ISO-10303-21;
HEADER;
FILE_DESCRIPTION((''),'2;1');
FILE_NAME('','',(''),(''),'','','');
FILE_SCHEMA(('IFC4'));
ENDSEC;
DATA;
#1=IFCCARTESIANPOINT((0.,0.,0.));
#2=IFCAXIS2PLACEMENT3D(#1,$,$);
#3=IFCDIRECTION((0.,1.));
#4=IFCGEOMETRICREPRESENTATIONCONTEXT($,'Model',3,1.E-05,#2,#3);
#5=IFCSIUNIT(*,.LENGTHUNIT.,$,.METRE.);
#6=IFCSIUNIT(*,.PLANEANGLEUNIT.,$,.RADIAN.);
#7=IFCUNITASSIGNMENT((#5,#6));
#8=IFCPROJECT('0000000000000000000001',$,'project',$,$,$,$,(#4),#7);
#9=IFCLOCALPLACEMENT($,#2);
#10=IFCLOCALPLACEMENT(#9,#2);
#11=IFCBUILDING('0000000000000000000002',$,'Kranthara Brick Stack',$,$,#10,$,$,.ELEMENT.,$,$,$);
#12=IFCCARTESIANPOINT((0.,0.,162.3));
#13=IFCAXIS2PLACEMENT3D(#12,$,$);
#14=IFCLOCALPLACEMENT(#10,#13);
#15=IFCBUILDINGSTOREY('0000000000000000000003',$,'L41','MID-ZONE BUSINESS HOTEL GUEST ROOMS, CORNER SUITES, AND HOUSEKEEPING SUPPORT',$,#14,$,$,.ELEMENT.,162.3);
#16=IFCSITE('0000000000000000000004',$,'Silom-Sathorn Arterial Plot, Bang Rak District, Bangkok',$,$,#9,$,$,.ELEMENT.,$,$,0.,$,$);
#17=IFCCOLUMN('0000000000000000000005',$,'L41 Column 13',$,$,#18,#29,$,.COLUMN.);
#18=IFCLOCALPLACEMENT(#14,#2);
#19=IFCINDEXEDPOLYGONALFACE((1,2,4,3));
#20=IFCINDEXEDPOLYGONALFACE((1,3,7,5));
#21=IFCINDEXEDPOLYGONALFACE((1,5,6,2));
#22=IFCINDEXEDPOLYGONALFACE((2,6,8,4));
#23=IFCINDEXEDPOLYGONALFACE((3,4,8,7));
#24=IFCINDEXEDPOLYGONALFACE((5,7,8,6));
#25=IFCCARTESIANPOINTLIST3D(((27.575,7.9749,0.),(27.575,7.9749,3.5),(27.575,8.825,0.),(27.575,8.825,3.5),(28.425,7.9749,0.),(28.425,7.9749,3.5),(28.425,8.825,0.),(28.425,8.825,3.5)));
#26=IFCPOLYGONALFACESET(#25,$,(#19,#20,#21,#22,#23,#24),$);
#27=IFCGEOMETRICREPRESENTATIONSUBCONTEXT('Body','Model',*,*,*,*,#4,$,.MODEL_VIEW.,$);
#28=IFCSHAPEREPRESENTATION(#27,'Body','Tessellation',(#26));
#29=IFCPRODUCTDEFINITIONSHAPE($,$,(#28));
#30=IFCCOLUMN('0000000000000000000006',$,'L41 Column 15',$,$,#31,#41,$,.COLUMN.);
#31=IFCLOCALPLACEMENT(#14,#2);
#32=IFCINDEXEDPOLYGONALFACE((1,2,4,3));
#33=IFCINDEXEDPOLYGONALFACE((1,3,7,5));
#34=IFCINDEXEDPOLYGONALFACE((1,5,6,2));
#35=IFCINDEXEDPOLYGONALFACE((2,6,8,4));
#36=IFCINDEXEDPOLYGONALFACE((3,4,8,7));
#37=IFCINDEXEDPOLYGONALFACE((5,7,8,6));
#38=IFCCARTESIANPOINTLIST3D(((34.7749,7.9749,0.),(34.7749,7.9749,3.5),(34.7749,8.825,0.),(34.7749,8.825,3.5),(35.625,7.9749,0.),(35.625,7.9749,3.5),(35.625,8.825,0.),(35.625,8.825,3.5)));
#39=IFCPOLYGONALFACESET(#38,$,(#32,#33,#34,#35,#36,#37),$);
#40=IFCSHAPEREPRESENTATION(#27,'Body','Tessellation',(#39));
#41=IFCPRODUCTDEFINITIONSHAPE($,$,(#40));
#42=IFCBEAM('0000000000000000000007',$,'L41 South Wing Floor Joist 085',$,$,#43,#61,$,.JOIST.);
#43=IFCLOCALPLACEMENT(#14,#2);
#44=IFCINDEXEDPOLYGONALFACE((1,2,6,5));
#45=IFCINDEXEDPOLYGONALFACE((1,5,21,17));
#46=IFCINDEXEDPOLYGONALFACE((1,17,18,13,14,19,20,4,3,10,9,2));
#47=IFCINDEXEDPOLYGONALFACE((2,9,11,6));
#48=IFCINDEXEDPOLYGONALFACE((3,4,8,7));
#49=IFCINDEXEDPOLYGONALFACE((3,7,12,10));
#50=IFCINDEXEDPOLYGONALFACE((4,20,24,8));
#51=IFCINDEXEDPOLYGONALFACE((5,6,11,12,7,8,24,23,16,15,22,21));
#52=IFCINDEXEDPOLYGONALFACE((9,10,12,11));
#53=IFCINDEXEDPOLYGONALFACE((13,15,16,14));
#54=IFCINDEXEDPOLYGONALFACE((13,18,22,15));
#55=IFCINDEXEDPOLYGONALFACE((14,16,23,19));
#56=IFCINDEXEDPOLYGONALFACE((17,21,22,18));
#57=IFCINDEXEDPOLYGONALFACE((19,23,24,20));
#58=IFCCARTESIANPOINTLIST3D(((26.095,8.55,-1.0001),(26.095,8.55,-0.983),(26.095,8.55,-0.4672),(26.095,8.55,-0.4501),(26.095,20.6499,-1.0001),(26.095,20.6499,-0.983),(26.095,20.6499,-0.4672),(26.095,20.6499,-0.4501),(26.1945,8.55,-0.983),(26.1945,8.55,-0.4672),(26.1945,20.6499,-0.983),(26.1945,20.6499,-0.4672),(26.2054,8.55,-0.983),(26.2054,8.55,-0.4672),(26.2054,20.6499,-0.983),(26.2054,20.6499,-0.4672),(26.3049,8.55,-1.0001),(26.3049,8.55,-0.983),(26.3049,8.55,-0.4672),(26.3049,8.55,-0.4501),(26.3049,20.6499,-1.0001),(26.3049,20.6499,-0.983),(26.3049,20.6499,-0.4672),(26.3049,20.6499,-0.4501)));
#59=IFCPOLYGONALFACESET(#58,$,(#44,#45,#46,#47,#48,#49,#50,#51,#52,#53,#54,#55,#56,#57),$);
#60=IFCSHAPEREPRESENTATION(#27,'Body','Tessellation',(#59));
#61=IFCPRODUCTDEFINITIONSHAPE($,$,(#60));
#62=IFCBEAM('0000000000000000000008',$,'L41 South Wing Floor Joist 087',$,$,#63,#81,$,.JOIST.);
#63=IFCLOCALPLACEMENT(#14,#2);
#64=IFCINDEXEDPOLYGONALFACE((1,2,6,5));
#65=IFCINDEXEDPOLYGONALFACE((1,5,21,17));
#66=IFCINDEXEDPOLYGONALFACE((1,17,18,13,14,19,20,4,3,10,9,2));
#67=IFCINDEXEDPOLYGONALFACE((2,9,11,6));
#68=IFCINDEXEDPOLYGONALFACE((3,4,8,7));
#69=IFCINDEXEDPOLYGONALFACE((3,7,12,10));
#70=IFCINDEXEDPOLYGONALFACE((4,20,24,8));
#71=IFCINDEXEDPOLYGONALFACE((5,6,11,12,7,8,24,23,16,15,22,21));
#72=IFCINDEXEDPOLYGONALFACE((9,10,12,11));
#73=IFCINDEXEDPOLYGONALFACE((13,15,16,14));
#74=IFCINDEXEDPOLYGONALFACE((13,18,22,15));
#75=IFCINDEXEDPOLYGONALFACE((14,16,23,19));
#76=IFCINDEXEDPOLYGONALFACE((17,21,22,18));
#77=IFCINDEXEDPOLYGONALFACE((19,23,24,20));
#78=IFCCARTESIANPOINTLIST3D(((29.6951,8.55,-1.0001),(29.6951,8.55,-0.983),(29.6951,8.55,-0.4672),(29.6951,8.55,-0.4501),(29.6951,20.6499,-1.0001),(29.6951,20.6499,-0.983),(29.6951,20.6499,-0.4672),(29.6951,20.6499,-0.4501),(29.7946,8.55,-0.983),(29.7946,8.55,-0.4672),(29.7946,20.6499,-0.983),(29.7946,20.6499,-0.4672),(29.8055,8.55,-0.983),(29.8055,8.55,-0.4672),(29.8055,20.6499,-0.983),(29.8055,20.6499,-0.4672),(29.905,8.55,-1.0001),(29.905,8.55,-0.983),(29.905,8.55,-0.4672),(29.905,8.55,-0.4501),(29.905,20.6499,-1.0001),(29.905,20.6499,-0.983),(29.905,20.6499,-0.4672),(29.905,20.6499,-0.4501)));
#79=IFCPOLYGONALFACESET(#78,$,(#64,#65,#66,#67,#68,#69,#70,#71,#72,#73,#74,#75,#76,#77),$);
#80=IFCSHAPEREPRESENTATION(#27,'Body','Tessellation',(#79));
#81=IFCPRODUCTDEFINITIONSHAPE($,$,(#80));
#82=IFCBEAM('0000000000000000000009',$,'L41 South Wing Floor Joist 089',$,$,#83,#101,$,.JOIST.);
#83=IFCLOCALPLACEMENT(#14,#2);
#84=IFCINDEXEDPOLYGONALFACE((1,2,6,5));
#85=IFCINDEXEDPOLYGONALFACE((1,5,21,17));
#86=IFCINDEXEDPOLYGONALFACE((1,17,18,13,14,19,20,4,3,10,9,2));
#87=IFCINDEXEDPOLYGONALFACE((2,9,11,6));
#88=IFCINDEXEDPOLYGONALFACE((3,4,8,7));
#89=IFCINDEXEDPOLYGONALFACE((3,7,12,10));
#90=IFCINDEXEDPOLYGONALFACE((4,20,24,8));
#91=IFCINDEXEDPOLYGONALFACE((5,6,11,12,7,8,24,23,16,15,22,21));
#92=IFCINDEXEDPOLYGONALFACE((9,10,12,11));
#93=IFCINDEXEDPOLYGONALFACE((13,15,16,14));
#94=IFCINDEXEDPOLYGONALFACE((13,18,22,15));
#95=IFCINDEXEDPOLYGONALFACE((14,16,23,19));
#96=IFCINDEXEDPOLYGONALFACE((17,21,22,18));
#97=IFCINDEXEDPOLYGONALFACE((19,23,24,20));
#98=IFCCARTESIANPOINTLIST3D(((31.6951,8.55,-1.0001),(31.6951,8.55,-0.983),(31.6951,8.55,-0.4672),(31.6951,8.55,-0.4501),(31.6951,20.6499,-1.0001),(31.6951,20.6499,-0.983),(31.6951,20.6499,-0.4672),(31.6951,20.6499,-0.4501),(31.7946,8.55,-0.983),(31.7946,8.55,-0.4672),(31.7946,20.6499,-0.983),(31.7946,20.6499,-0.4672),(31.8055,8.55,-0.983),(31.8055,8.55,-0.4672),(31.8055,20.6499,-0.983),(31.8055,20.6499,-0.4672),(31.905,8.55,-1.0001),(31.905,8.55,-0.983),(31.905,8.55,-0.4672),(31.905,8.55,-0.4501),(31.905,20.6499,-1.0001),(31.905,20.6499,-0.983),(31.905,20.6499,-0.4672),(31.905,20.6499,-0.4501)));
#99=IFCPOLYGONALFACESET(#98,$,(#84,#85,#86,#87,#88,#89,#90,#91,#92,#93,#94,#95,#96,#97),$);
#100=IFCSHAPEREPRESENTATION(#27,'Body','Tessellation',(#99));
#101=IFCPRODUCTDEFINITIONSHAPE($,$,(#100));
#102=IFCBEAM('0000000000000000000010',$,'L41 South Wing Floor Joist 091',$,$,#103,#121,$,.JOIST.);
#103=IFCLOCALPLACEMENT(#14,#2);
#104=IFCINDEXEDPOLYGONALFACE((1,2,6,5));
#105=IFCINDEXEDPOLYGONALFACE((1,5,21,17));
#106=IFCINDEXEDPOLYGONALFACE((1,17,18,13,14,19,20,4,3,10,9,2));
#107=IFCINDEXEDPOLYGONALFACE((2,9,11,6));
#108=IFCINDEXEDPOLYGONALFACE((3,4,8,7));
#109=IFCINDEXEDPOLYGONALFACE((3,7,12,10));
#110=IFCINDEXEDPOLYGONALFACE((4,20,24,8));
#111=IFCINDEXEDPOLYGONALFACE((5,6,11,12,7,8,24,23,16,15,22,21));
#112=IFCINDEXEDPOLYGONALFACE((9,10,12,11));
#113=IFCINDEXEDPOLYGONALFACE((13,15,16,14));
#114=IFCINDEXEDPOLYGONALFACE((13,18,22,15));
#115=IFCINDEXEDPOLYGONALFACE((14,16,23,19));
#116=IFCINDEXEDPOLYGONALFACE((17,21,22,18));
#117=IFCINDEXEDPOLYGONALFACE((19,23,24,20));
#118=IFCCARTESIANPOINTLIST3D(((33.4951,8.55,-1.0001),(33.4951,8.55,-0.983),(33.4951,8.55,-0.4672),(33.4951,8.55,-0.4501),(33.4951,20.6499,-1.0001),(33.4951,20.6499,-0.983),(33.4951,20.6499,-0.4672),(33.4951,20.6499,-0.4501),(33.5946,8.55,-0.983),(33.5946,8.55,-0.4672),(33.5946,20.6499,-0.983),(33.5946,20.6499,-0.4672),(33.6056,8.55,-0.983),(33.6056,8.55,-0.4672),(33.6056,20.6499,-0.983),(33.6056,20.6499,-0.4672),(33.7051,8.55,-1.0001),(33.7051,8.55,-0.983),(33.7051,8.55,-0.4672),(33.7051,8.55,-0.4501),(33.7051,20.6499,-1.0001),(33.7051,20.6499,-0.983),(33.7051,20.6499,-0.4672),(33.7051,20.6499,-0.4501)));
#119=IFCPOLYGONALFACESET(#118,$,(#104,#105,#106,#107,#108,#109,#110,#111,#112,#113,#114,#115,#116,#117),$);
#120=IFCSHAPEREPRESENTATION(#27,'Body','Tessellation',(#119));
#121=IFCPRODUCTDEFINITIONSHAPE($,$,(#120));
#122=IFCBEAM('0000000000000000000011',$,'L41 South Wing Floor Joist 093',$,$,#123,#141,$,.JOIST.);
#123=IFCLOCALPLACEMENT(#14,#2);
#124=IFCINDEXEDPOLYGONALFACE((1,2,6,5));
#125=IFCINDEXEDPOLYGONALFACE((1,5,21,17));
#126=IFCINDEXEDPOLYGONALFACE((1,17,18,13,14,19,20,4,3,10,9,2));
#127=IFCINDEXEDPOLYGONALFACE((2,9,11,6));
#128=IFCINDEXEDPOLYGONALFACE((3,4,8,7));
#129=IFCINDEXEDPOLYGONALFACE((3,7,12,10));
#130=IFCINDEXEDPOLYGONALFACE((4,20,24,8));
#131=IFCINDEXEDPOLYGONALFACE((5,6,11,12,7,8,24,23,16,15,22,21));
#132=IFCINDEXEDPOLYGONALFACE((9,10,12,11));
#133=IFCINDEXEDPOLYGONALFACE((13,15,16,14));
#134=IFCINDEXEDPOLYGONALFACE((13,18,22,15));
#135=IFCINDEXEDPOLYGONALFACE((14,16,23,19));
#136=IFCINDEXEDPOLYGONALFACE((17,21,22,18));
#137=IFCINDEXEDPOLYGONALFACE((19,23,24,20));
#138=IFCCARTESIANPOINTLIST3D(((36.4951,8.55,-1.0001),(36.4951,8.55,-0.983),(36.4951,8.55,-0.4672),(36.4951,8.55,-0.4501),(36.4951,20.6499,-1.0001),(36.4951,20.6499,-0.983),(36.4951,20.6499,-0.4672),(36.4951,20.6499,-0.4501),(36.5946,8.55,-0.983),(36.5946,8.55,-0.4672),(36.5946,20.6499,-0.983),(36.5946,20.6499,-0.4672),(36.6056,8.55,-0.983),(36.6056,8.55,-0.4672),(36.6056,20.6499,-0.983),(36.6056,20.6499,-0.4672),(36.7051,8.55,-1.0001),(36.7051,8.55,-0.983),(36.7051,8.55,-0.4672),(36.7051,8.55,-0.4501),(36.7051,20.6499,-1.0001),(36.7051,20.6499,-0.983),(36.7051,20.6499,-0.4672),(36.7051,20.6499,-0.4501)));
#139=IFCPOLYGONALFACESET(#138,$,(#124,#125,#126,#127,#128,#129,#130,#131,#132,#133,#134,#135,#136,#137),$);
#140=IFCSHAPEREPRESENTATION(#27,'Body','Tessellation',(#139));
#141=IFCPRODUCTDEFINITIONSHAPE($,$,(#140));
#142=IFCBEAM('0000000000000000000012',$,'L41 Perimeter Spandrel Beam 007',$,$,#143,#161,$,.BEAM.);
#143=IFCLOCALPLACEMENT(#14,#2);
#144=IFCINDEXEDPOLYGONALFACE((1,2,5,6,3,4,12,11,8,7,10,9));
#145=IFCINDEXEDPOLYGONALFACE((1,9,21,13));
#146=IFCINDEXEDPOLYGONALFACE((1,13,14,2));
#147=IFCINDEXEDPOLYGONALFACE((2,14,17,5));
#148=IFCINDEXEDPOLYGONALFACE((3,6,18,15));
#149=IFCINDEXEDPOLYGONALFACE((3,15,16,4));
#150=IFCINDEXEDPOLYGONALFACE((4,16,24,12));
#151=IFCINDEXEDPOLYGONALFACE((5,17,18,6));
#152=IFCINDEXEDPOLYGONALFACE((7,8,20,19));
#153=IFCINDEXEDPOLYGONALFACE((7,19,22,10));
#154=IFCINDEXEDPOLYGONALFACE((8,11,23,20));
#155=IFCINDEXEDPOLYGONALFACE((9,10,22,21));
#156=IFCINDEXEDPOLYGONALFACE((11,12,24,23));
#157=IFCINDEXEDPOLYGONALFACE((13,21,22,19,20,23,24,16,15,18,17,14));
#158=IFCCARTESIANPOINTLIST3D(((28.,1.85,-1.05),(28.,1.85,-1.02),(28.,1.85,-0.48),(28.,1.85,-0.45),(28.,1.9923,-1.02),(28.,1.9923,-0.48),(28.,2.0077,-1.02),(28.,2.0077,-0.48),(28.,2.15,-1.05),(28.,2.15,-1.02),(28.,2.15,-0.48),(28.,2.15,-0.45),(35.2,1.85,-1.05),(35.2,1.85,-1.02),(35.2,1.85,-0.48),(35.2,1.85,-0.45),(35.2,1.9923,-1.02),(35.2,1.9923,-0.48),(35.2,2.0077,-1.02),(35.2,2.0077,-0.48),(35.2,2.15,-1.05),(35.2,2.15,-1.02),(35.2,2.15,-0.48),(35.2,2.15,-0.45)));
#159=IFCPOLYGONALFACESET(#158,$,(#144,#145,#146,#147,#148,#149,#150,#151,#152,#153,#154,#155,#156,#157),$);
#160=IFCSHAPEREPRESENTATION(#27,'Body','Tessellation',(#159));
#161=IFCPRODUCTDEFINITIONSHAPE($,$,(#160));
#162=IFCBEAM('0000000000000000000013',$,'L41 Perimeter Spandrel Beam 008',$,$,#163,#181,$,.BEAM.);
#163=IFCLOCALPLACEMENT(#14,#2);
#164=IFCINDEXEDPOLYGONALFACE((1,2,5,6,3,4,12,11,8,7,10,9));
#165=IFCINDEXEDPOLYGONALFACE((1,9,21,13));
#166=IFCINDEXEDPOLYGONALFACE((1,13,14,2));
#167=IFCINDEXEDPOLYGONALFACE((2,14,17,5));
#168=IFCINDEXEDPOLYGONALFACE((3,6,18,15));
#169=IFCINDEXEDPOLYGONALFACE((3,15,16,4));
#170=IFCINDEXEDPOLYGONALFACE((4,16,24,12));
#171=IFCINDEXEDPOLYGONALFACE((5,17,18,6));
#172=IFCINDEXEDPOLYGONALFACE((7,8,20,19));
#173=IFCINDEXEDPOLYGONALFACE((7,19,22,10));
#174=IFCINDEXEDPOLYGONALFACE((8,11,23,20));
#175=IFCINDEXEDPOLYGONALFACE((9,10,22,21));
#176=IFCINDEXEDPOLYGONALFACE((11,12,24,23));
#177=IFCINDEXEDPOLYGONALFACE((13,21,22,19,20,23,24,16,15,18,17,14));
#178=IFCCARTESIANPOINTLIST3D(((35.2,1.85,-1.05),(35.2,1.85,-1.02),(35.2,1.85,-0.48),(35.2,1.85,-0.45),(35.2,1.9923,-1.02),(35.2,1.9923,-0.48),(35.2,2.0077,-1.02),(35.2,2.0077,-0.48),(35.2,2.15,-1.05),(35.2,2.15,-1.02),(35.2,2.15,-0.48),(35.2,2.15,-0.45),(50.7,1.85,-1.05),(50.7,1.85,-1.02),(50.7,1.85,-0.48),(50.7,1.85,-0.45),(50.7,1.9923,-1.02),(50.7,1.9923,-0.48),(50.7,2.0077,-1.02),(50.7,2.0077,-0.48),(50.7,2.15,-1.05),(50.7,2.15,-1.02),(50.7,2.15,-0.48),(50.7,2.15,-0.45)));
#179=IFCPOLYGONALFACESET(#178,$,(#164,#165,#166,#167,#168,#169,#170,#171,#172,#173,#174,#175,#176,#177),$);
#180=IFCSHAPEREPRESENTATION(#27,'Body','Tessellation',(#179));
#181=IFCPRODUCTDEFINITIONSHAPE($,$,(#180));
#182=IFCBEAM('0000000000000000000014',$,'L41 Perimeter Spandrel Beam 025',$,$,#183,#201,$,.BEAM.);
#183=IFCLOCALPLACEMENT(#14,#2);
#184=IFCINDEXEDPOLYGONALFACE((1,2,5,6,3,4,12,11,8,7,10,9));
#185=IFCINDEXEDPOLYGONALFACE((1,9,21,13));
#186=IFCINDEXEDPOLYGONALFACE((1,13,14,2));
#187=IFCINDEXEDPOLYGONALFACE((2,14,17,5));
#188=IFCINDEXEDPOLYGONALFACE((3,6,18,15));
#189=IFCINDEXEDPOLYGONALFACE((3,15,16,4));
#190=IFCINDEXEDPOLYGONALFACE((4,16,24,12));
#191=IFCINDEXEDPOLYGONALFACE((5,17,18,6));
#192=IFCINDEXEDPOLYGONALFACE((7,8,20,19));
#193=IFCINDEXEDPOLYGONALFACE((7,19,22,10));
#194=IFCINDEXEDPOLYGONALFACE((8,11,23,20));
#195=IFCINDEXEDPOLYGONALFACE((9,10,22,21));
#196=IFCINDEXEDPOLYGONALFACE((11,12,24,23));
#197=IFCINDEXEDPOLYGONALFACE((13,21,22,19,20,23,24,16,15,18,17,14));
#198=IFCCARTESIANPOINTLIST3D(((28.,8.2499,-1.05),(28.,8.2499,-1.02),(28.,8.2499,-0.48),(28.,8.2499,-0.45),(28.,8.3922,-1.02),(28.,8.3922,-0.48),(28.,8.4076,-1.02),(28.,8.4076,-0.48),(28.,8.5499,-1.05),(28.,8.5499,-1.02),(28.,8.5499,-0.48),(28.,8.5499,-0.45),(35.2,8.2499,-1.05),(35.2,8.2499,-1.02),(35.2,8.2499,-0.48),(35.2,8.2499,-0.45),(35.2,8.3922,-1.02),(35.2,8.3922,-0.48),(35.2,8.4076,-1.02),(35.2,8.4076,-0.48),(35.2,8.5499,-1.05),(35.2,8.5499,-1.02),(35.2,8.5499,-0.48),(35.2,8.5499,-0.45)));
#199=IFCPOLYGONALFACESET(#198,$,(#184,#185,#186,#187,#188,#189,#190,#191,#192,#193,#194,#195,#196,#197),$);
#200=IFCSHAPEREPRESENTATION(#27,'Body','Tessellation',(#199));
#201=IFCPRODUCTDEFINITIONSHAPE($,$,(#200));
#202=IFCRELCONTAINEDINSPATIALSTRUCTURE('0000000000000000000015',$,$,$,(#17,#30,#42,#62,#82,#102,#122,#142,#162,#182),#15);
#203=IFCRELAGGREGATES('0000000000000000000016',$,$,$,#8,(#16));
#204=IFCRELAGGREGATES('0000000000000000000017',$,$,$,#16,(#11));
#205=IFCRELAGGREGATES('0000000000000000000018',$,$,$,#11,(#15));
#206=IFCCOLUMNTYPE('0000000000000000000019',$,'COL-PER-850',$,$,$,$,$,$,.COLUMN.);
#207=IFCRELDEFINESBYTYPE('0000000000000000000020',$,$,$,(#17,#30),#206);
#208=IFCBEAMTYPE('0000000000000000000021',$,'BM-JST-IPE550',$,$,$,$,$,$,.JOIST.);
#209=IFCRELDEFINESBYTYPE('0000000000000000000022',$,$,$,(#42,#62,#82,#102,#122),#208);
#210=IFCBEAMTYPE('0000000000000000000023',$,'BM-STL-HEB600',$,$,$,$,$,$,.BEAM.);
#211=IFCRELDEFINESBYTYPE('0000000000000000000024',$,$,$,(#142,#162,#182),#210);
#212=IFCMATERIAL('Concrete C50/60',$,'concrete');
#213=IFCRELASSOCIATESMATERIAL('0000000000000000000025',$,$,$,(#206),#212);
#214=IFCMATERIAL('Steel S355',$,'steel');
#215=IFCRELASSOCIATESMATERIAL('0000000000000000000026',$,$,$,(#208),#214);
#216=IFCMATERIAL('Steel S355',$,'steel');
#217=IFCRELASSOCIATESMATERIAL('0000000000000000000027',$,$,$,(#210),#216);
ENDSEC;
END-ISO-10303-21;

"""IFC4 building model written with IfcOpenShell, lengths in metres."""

from ifc_helpers import new_model, si_unit, direction, frame, origin, origin_2d, place, context, subcontext, project, spatial, rectangle, i_section, extrude, material, material_profile, profile_set, type_object, element, save


model = new_model("IFC4")

# Units and contexts
model_context = context("Model", 3, precision=1e-05, world=origin(), true_north=direction((0.0, 1.0)))
body_context = subcontext(model_context, "Body", "Model", "MODEL_VIEW")
ifc_project = project(units=[si_unit("LENGTHUNIT", "METRE"), si_unit("PLANEANGLEUNIT", "RADIAN")], contexts=[model_context])

# Site, building, storey
site_placement = place(None, origin())
site = spatial("IfcSite", under=ifc_project, at=site_placement, Name="Silom-Sathorn Arterial Plot, Bang Rak District, Bangkok", CompositionType="ELEMENT", RefElevation=0.0)
building_placement = place(site_placement, origin())
building = spatial("IfcBuilding", under=site, at=building_placement, Name="Kranthara Brick Stack", CompositionType="ELEMENT")
storey_placement = place(building_placement, frame((0.0, 0.0, 162.3)))
storey = spatial("IfcBuildingStorey", under=building, at=storey_placement, Name="L41", Description="MID-ZONE BUSINESS HOTEL GUEST ROOMS, CORNER SUITES, AND HOUSEKEEPING SUPPORT", CompositionType="ELEMENT", Elevation=162.3)

# Columns
ifc_material_1 = material(Name="Concrete C50/60", Category="concrete")
ifc_material_profile_1 = material_profile(ifc_material_1, rectangle(XDim=0.8501, YDim=0.8501, at=origin_2d()), Name="RC 850x850")
ifc_profile_set_1 = profile_set([ifc_material_profile_1], Name="Concrete C50/60")
column_type = type_object("IfcColumnType", Name="COL-PER-850", PredefinedType="COLUMN", material=ifc_profile_set_1)
for number, where, z_axis, x_axis, name in (
    (1, (28.0, 8.3999, 0.0), (0.0, 0.0, 1.0), (1.0, 0.0, 0.0), "L41 Column 13"),
    (2, (35.2, 8.3999, 0.0), (0.0, 0.0, 1.0), (1.0, 0.0, 0.0), "L41 Column 15"),
):
    element("IfcColumn", number, at=place(storey_placement, frame(where, z_axis=z_axis, x_axis=x_axis)), inside=storey, type_object=column_type, Name=name, PredefinedType="COLUMN", context=body_context, shape_type="SweptSolid", body=[
        extrude(rectangle(XDim=0.8501, YDim=0.8501, at=origin_2d()), origin(), (0.0, 0.0, 1.0), 3.5),
    ])

# Beams
ifc_material_2 = material(Name="Steel S355", Category="steel")
ifc_material_profile_2 = material_profile(ifc_material_2, i_section(OverallWidth=0.21, OverallDepth=0.55, WebThickness=0.011, FlangeThickness=0.0171, at=origin_2d()), Name="IPE 550")
ifc_profile_set_2 = profile_set([ifc_material_profile_2], Name="Steel S355")
beam_type_1 = type_object("IfcBeamType", Name="BM-JST-IPE550", PredefinedType="JOIST", material=ifc_profile_set_2)
for number, where, z_axis, x_axis, name in (
    (3, (26.2, 8.55, -0.7251), (0.0, 1.0, 0.0), (-1.0, 0.0, 0.0), "L41 South Wing Floor Joist 085"),
    (4, (29.8, 8.55, -0.7251), (0.0, 1.0, 0.0), (-1.0, 0.0, 0.0), "L41 South Wing Floor Joist 087"),
    (5, (31.8, 8.55, -0.7251), (0.0, 1.0, 0.0), (-1.0, 0.0, 0.0), "L41 South Wing Floor Joist 089"),
    (6, (33.6001, 8.55, -0.7251), (0.0, 1.0, 0.0), (-1.0, 0.0, 0.0), "L41 South Wing Floor Joist 091"),
    (7, (36.6001, 8.55, -0.7251), (0.0, 1.0, 0.0), (-1.0, 0.0, 0.0), "L41 South Wing Floor Joist 093"),
):
    element("IfcBeam", number, at=place(storey_placement, frame(where, z_axis=z_axis, x_axis=x_axis)), inside=storey, type_object=beam_type_1, Name=name, PredefinedType="JOIST", context=body_context, shape_type="SweptSolid", body=[
        extrude(i_section(OverallWidth=0.21, OverallDepth=0.55, WebThickness=0.011, FlangeThickness=0.0171, at=origin_2d()), origin(), (0.0, 0.0, 1.0), 12.0999),
    ])
ifc_material_3 = material(Name="Steel S355", Category="steel")
ifc_material_profile_3 = material_profile(ifc_material_3, i_section(OverallWidth=0.3, OverallDepth=0.6001, WebThickness=0.0154, FlangeThickness=0.03, at=origin_2d()), Name="HEB 600")
ifc_profile_set_3 = profile_set([ifc_material_profile_3], Name="Steel S355")
beam_type_2 = type_object("IfcBeamType", Name="BM-STL-HEB600", PredefinedType="BEAM", material=ifc_profile_set_3)
beam_1_placement = place(storey_placement, frame((28.0, 2.0, -0.75), z_axis=(1.0, 0.0, 0.0), x_axis=(0.0, 1.0, 0.0)))
element("IfcBeam", 8, at=beam_1_placement, inside=storey, type_object=beam_type_2, Name="L41 Perimeter Spandrel Beam 007", PredefinedType="BEAM", context=body_context, shape_type="SweptSolid", body=[
    extrude(i_section(OverallWidth=0.3, OverallDepth=0.6001, WebThickness=0.0154, FlangeThickness=0.03, at=origin_2d()), origin(), (0.0, 0.0, 1.0), 7.2),
])
beam_2_placement = place(storey_placement, frame((35.2, 2.0, -0.75), z_axis=(1.0, 0.0, 0.0), x_axis=(0.0, 1.0, 0.0)))
element("IfcBeam", 9, at=beam_2_placement, inside=storey, type_object=beam_type_2, Name="L41 Perimeter Spandrel Beam 008", PredefinedType="BEAM", context=body_context, shape_type="SweptSolid", body=[
    extrude(i_section(OverallWidth=0.3, OverallDepth=0.6001, WebThickness=0.0154, FlangeThickness=0.03, at=origin_2d()), origin(), (0.0, 0.0, 1.0), 15.5),
])
beam_3_placement = place(storey_placement, frame((28.0, 8.3999, -0.75), z_axis=(1.0, 0.0, 0.0), x_axis=(0.0, 1.0, 0.0)))
element("IfcBeam", 10, at=beam_3_placement, inside=storey, type_object=beam_type_2, Name="L41 Perimeter Spandrel Beam 025", PredefinedType="BEAM", context=body_context, shape_type="SweptSolid", body=[
    extrude(i_section(OverallWidth=0.3, OverallDepth=0.6001, WebThickness=0.0154, FlangeThickness=0.03, at=origin_2d()), origin(), (0.0, 0.0, 1.0), 7.2),
])

save(model, "model.ifc")
